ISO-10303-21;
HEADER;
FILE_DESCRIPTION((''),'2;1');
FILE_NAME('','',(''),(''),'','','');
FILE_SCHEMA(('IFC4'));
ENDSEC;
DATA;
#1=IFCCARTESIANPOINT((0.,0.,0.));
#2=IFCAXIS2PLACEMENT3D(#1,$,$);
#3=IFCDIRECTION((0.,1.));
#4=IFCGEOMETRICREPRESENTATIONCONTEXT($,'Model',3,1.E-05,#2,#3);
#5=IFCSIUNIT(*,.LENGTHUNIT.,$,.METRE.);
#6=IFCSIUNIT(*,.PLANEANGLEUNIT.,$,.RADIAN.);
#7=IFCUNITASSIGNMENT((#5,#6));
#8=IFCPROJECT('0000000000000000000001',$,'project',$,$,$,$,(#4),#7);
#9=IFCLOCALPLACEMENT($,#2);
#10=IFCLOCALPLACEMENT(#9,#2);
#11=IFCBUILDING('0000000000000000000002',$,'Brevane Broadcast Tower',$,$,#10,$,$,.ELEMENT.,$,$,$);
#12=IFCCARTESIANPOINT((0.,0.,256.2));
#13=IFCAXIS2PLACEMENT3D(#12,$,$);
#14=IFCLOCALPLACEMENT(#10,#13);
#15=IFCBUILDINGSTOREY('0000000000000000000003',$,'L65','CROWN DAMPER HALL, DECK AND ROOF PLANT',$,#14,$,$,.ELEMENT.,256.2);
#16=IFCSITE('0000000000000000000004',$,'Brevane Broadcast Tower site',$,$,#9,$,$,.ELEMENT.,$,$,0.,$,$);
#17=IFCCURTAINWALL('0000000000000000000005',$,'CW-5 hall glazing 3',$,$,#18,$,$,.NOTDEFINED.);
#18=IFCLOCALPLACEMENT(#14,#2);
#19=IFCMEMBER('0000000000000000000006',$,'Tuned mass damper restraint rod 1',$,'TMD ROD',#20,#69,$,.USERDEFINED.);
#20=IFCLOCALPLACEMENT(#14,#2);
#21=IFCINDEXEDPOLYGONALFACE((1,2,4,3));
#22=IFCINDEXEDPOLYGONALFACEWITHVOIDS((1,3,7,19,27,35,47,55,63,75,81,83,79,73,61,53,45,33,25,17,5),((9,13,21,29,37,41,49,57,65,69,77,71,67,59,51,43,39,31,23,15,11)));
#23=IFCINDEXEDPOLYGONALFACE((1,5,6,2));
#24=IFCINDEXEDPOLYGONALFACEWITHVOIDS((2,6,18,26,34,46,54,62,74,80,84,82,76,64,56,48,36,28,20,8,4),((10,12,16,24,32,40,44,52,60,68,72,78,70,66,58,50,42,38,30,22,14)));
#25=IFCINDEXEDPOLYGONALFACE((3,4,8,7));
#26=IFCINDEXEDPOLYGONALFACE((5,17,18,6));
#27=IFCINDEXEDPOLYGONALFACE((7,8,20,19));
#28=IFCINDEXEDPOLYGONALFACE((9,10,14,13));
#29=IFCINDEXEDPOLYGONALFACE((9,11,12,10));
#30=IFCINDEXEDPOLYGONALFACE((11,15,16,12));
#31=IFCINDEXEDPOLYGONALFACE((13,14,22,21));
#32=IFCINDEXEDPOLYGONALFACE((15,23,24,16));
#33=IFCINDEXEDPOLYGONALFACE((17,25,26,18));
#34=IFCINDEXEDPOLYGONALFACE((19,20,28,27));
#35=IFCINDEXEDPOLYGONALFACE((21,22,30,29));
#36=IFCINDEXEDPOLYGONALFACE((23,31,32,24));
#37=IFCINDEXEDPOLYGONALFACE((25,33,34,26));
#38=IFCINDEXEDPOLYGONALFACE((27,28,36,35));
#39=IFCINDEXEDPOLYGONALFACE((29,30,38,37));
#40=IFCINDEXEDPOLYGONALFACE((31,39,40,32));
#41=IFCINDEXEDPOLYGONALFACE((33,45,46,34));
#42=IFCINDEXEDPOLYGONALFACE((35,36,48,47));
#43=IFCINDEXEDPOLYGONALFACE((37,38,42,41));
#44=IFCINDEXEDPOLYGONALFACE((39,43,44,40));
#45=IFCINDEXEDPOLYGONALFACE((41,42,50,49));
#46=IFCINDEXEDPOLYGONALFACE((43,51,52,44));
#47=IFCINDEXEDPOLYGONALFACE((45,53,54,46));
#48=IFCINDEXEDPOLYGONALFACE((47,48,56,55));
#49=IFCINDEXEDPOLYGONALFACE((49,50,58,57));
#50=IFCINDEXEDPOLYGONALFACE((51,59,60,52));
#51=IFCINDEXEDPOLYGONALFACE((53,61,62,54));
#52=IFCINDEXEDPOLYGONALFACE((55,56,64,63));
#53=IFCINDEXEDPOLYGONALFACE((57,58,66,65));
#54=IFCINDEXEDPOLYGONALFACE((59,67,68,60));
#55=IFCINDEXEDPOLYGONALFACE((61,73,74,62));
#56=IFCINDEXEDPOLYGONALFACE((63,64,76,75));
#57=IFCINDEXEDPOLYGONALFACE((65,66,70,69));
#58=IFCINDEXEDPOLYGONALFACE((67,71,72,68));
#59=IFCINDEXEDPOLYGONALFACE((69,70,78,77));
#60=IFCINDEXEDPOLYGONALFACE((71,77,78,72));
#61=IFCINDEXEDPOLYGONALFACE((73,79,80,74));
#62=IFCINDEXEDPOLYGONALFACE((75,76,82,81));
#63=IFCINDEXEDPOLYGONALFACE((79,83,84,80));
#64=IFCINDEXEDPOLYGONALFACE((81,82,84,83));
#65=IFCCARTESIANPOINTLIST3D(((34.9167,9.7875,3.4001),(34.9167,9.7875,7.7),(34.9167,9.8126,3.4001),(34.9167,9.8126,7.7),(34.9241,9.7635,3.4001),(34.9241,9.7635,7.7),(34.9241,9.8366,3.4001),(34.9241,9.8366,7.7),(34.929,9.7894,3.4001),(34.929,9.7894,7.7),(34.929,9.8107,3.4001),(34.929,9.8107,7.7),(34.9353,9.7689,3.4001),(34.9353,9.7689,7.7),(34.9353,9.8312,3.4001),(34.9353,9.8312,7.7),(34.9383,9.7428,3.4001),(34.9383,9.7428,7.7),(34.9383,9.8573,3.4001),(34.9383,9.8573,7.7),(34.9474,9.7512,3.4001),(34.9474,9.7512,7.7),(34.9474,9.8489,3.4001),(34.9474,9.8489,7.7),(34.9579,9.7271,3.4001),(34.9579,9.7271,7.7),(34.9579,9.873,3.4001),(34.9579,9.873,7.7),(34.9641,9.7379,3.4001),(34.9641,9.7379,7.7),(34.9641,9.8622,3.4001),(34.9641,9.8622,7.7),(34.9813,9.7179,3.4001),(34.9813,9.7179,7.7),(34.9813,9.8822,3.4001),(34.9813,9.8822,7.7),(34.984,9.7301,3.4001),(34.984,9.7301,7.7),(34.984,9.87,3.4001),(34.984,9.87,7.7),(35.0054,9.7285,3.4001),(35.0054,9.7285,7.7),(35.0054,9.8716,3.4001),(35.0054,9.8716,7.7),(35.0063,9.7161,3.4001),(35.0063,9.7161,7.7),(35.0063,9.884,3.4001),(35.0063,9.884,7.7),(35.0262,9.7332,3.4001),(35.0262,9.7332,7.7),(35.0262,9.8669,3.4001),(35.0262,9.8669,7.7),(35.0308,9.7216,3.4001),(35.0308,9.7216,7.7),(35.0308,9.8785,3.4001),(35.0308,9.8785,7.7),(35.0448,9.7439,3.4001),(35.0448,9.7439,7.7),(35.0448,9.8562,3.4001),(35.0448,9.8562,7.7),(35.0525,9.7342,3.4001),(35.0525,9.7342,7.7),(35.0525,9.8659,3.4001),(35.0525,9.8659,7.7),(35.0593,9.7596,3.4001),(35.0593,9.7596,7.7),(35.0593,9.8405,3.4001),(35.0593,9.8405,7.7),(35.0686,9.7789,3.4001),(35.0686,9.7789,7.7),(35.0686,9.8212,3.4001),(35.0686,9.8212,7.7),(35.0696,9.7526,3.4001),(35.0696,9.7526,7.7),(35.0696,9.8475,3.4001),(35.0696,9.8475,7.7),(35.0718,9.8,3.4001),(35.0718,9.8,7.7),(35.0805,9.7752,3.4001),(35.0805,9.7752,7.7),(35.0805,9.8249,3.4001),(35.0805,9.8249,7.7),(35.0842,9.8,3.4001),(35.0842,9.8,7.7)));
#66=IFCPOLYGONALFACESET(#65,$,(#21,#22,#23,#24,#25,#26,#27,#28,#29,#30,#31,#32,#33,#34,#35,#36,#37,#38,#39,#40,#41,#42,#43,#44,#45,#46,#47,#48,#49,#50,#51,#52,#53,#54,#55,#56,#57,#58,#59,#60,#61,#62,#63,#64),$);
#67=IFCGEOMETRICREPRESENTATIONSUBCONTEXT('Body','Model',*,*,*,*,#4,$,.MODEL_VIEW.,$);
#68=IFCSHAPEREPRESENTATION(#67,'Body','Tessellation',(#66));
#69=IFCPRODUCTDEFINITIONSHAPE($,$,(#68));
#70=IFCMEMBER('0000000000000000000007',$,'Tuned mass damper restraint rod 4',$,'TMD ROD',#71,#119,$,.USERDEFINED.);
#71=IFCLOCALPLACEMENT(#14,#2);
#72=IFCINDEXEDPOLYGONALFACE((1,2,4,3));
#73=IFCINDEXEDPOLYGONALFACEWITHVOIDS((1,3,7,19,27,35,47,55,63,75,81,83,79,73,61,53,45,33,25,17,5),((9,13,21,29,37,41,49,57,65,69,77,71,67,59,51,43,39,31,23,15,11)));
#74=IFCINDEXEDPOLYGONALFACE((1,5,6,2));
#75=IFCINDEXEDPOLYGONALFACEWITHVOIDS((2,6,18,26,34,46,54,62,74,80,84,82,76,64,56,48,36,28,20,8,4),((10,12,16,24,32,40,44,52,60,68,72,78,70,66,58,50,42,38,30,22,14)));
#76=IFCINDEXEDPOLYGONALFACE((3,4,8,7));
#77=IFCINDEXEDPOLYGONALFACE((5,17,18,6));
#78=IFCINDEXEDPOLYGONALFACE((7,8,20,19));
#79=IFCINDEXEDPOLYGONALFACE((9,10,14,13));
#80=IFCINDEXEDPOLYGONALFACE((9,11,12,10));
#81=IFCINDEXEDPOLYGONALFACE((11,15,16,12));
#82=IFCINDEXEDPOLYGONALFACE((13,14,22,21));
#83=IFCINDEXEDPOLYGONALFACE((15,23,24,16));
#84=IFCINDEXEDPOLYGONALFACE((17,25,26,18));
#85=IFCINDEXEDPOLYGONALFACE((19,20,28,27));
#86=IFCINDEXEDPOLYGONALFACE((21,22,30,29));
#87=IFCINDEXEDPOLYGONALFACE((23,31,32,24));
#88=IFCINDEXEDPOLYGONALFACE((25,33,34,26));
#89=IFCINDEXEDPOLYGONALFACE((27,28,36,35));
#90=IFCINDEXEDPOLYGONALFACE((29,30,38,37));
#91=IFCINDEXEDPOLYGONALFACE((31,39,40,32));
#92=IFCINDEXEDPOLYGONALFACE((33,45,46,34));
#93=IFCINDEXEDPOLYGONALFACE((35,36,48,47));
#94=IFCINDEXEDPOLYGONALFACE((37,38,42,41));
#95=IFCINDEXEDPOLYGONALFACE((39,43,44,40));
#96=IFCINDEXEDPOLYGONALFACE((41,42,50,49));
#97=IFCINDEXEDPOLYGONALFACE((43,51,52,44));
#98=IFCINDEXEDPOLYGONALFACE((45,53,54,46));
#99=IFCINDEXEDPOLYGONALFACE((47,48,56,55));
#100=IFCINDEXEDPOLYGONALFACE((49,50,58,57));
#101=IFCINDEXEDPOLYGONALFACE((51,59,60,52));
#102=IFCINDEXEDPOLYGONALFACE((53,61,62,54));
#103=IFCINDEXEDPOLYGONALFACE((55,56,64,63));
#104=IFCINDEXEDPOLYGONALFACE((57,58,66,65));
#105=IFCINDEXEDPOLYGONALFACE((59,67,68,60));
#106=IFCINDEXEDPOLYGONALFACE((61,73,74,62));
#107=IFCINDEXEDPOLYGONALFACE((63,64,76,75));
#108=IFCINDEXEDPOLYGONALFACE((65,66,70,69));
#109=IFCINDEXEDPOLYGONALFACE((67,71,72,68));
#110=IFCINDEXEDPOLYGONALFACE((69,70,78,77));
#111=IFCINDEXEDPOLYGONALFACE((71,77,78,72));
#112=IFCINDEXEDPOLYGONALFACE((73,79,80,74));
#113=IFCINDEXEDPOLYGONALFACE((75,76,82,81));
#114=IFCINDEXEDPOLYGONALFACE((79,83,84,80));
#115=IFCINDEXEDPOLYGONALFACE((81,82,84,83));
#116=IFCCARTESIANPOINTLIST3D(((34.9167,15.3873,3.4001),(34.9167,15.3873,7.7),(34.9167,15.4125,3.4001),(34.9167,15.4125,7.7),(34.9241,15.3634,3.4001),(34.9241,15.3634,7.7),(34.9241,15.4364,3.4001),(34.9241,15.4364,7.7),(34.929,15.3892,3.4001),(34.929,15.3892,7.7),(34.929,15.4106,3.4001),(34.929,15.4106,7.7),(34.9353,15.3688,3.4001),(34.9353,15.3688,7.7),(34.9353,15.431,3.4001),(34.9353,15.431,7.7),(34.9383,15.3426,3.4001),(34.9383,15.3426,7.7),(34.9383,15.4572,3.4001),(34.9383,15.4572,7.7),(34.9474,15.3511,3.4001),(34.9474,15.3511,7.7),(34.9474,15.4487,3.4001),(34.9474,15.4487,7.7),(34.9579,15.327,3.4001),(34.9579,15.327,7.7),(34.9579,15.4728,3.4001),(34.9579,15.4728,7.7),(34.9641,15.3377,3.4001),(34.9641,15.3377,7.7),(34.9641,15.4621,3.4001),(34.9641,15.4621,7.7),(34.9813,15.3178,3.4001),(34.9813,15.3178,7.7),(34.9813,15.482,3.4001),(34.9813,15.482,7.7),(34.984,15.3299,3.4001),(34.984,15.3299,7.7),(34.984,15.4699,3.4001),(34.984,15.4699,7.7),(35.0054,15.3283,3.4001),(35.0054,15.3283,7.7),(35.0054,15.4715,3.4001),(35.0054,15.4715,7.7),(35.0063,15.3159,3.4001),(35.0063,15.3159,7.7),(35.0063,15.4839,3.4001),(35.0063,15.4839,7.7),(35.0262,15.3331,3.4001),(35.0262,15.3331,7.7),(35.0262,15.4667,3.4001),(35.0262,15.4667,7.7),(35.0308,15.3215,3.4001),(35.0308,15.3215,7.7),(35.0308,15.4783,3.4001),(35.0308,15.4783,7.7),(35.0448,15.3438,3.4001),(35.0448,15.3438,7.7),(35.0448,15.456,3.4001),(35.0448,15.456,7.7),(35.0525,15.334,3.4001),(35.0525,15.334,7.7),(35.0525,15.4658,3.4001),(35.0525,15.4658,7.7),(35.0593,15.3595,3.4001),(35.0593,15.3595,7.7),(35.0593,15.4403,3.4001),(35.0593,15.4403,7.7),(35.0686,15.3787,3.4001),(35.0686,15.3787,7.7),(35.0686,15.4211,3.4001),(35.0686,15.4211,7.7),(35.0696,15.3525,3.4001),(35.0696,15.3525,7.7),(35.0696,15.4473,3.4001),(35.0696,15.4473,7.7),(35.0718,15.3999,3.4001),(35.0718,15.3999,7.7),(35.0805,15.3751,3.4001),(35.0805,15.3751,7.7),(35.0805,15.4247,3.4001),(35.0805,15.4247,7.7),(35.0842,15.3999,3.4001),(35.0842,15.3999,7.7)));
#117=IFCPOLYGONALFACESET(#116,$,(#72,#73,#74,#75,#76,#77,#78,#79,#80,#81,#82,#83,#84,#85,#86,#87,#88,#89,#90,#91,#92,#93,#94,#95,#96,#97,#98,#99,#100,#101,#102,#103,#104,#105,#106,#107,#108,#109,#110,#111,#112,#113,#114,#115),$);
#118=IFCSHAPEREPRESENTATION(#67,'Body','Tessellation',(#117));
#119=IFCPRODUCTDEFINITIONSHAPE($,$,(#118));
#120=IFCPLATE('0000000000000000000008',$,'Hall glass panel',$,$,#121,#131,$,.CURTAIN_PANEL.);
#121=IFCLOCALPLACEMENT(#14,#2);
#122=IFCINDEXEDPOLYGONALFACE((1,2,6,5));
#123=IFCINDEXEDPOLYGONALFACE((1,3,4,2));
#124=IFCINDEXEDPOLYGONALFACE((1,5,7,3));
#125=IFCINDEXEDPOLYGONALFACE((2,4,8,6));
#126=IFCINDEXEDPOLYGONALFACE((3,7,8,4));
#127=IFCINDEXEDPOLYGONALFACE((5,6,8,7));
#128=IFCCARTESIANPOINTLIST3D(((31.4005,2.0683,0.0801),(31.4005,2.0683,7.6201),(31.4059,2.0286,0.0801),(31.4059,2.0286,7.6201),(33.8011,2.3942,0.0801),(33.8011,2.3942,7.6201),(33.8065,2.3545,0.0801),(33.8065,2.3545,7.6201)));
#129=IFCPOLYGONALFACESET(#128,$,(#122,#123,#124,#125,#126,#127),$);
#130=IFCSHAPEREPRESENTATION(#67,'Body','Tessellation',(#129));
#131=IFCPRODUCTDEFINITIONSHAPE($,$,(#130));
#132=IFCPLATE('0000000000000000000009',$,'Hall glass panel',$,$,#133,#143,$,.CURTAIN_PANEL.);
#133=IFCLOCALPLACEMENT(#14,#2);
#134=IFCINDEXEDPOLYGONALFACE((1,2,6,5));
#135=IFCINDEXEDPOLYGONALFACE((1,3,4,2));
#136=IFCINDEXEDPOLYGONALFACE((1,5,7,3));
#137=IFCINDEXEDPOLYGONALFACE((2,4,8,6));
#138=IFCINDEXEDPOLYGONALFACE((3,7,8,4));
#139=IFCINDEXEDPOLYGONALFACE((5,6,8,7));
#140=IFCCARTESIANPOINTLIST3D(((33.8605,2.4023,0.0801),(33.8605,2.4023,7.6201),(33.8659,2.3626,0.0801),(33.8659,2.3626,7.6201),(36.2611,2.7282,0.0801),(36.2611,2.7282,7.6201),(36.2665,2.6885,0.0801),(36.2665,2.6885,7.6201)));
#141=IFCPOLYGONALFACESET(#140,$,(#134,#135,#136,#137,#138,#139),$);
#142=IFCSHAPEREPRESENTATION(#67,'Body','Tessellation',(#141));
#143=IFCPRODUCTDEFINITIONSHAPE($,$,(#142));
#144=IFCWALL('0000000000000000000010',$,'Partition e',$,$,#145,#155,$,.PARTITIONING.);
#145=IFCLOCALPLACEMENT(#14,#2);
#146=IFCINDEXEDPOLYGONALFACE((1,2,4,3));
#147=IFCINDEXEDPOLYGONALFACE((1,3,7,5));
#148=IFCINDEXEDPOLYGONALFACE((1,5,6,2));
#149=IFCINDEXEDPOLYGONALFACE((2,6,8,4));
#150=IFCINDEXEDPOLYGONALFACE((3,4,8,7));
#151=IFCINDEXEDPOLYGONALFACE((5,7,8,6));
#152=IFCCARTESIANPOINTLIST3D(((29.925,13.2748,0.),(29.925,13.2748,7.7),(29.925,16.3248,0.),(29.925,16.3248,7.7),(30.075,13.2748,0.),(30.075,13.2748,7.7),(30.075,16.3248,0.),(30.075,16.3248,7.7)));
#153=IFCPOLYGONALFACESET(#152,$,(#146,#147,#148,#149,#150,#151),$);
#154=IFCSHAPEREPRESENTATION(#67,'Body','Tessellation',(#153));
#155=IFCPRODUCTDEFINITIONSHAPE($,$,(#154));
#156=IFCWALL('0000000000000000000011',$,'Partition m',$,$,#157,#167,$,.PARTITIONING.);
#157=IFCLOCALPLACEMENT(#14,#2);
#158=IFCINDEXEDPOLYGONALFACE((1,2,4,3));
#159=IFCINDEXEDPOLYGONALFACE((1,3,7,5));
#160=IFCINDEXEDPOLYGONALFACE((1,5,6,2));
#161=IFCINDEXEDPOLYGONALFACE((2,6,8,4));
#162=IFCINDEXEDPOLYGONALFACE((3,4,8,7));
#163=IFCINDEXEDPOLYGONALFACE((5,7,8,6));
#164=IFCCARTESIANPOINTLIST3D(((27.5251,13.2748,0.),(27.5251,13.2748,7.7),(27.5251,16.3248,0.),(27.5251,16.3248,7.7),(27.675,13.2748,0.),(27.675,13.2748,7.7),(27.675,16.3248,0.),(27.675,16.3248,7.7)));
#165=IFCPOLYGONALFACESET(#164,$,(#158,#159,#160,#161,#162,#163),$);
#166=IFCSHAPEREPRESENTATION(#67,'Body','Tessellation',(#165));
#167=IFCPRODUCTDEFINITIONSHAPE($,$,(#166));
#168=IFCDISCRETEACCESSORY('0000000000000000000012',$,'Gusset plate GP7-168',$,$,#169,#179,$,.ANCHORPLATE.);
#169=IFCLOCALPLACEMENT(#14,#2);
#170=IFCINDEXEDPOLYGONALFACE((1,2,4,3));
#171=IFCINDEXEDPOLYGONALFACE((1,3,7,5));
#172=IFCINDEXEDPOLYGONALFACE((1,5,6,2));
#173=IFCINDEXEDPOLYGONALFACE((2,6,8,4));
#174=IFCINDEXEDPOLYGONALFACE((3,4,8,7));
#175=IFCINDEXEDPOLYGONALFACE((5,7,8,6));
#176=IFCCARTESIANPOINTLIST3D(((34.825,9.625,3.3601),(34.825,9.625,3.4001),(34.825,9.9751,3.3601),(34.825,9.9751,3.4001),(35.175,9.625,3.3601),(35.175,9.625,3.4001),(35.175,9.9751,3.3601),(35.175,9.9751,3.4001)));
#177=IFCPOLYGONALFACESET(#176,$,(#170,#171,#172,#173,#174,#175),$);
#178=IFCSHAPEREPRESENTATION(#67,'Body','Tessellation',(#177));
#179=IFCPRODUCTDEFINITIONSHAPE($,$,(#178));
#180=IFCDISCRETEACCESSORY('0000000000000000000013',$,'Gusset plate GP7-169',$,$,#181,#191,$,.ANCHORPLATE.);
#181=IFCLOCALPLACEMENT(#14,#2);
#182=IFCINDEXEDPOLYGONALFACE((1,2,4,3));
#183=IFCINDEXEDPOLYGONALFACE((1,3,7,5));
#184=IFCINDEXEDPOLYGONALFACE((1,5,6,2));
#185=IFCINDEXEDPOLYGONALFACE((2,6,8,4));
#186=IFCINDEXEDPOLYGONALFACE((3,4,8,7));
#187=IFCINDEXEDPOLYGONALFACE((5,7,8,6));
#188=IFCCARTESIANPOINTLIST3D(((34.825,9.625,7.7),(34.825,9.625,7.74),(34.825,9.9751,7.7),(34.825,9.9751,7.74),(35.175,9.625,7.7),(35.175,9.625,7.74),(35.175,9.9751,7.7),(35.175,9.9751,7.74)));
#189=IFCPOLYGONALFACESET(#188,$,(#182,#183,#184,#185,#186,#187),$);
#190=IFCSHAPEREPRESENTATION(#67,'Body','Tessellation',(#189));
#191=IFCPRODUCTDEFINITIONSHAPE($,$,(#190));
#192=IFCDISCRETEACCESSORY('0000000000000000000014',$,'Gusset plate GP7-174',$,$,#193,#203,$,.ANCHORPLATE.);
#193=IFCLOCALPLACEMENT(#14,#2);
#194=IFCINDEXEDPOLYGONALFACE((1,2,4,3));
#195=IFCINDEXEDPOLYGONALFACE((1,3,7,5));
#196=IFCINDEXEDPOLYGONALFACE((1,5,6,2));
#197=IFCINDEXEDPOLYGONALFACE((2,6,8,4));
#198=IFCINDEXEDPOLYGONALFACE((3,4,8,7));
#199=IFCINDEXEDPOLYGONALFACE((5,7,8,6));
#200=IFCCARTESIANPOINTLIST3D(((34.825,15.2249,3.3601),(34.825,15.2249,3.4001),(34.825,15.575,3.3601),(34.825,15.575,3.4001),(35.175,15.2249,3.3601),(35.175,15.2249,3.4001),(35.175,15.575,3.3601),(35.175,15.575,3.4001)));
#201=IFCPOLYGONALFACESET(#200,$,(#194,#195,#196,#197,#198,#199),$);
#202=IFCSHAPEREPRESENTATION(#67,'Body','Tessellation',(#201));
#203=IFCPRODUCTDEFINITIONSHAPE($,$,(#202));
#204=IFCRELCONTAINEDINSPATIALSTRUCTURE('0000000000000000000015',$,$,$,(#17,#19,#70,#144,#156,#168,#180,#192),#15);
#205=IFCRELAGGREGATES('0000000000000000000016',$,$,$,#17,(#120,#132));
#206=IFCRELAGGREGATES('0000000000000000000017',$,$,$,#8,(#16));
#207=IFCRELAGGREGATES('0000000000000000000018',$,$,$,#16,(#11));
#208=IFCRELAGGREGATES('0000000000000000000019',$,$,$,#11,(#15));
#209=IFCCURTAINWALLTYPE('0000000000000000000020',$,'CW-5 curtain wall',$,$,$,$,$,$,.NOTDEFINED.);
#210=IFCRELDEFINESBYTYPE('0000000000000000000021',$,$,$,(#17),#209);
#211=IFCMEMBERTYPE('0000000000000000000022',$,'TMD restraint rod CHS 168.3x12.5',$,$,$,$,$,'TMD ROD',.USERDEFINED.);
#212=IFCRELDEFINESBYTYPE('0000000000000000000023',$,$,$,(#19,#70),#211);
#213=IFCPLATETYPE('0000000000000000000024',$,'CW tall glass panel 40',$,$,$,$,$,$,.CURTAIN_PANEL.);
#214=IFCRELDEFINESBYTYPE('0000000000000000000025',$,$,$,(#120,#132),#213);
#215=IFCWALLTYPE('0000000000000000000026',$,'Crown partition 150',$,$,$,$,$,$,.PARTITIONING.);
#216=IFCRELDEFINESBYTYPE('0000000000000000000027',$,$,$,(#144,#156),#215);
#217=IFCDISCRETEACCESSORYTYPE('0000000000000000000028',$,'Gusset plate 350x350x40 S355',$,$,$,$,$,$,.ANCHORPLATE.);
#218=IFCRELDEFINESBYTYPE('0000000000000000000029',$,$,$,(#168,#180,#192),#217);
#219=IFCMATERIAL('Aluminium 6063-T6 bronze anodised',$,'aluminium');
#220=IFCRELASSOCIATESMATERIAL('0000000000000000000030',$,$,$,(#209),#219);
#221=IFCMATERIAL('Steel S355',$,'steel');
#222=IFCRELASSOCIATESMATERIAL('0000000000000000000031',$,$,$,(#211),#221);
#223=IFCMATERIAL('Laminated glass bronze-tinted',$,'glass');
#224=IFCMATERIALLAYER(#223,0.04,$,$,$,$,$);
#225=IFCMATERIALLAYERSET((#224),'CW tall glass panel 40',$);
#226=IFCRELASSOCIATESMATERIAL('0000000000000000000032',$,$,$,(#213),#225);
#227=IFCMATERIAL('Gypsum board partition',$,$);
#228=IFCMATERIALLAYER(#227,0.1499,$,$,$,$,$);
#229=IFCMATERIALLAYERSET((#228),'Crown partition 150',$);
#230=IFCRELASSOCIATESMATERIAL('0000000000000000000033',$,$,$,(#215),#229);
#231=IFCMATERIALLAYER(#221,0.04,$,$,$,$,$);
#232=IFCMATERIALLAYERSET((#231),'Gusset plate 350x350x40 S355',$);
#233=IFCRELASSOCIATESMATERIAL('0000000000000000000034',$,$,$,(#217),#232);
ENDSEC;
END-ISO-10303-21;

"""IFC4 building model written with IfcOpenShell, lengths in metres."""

from ifc_helpers import new_model, si_unit, direction, frame, frame_2d, origin, origin_2d, place, context, subcontext, project, spatial, rectangle, hollow_circle, extrude, material, layer, layer_set, material_profile, profile_set, type_object, element, aggregate, save


model = new_model("IFC4")

# Units and contexts
model_context = context("Model", 3, precision=1e-05, world=origin(), true_north=direction((0.0, 1.0)))
body_context = subcontext(model_context, "Body", "Model", "MODEL_VIEW")
ifc_project = project(units=[si_unit("LENGTHUNIT", "METRE"), si_unit("PLANEANGLEUNIT", "RADIAN")], contexts=[model_context])

# Site, building, storey
site_placement = place(None, origin())
site = spatial("IfcSite", under=ifc_project, at=site_placement, Name="Brevane Broadcast Tower site", CompositionType="ELEMENT", RefElevation=0.0)
building_placement = place(site_placement, origin())
building = spatial("IfcBuilding", under=site, at=building_placement, Name="Brevane Broadcast Tower", CompositionType="ELEMENT")
storey_placement = place(building_placement, frame((0.0, 0.0, 256.2)))
storey = spatial("IfcBuildingStorey", under=building, at=storey_placement, Name="L65", Description="CROWN DAMPER HALL, DECK AND ROOF PLANT", CompositionType="ELEMENT", Elevation=256.2)

# Shared definitions
ifc_material_1 = material(Name="Steel S355", Category="steel")

# Shared definitions
ifc_material_2 = material(Name="Aluminium 6063-T6 bronze anodised", Category="aluminium")
curtain_wall_type = type_object("IfcCurtainWallType", Name="CW-5 curtain wall", PredefinedType="NOTDEFINED", material=ifc_material_2)

# Curtain wall
curtain_wall_1_placement = place(storey_placement, origin())
curtain_wall_1 = element("IfcCurtainWall", 1, at=curtain_wall_1_placement, inside=storey, type_object=curtain_wall_type, Name="CW-5 hall glazing 3", PredefinedType="NOTDEFINED")

# Members
ifc_material_profile_1 = material_profile(ifc_material_1, hollow_circle(Radius=0.0842, WallThickness=0.0125, at=origin_2d()), Name="CHS 168.3x12.5")
ifc_profile_set_1 = profile_set([ifc_material_profile_1], Name="Steel S355")
member_type_1 = type_object("IfcMemberType", Name="TMD restraint rod CHS 168.3x12.5", ElementType="TMD ROD", PredefinedType="USERDEFINED", material=ifc_profile_set_1)
for number, where, z_axis, x_axis, name in (
    (2, (35.0, 9.8, 3.4001), (0.0, 0.0, 1.0), (1.0, 0.0, 0.0), "Tuned mass damper restraint rod 1"),
    (3, (35.0, 15.3999, 3.4001), (0.0, 0.0, 1.0), (1.0, 0.0, 0.0), "Tuned mass damper restraint rod 4"),
):
    element("IfcMember", number, at=place(storey_placement, frame(where, z_axis=z_axis, x_axis=x_axis)), inside=storey, type_object=member_type_1, Name=name, ObjectType="TMD ROD", PredefinedType="USERDEFINED", context=body_context, shape_type="SweptSolid", body=[
        extrude(hollow_circle(Radius=0.0842, WallThickness=0.0125, at=origin_2d()), origin(), (0.0, 0.0, 1.0), 4.2998),
    ])

# Plates
ifc_material_3 = material(Name="Laminated glass bronze-tinted", Category="glass")
ifc_layer_1 = layer(ifc_material_3, 0.04)
ifc_layer_set_1 = layer_set([ifc_layer_1], Name="CW tall glass panel 40")
plate_type = type_object("IfcPlateType", Name="CW tall glass panel 40", PredefinedType="CURTAIN_PANEL", material=ifc_layer_set_1)
plate_1_placement = place(storey_placement, frame((32.6035, 2.2114, 0.0801), z_axis=(0.0, 0.0, 1.0), x_axis=(0.990911, 0.13452, 0.0)))
plate_1 = element("IfcPlate", 4, at=plate_1_placement, type_object=plate_type, Name="Hall glass panel", PredefinedType="CURTAIN_PANEL", context=body_context, shape_type="SweptSolid", body=[
    extrude(rectangle(XDim=2.4226, YDim=0.04, at=origin_2d()), origin(), (0.0, 0.0, 1.0), 7.54),
])
plate_2_placement = place(storey_placement, frame((35.0635, 2.5454, 0.0801), z_axis=(0.0, 0.0, 1.0), x_axis=(0.990911, 0.13452, 0.0)))
plate_2 = element("IfcPlate", 5, at=plate_2_placement, type_object=plate_type, Name="Hall glass panel", PredefinedType="CURTAIN_PANEL", context=body_context, shape_type="SweptSolid", body=[
    extrude(rectangle(XDim=2.4226, YDim=0.04, at=origin_2d()), origin(), (0.0, 0.0, 1.0), 7.54),
])
aggregate(curtain_wall_1, [plate_1, plate_2])

# Walls
ifc_material_4 = material(Name="Gypsum board partition")
ifc_layer_2 = layer(ifc_material_4, 0.1499)
ifc_layer_set_2 = layer_set([ifc_layer_2], Name="Crown partition 150")
wall_type = type_object("IfcWallType", Name="Crown partition 150", PredefinedType="PARTITIONING", material=ifc_layer_set_2)
for number, where, z_axis, x_axis, name in (
    (6, (30.0, 13.2749, 0.0), (0.0, 0.0, 1.0), (0.0, 1.0, 0.0), "Partition e"),
    (7, (27.6001, 13.2749, 0.0), (0.0, 0.0, 1.0), (0.0, 1.0, 0.0), "Partition m"),
):
    element("IfcWall", number, at=place(storey_placement, frame(where, z_axis=z_axis, x_axis=x_axis)), inside=storey, type_object=wall_type, Name=name, PredefinedType="PARTITIONING", context=body_context, shape_type="SweptSolid", body=[
        extrude(rectangle(XDim=3.05, YDim=0.1499, at=frame_2d((1.5249, 0.0))), origin(), (0.0, 0.0, 1.0), 7.7),
    ])

# Discrete accessories
ifc_layer_3 = layer(ifc_material_1, 0.04)
ifc_layer_set_3 = layer_set([ifc_layer_3], Name="Gusset plate 350x350x40 S355")
discrete_accessory_type = type_object("IfcDiscreteAccessoryType", Name="Gusset plate 350x350x40 S355", PredefinedType="ANCHORPLATE", material=ifc_layer_set_3)
for number, where, z_axis, x_axis, name in (
    (8, (35.0, 9.8, 3.3601), (0.0, 0.0, 1.0), (1.0, 0.0, 0.0), "Gusset plate GP7-168"),
    (9, (35.0, 9.8, 7.7), (0.0, 0.0, 1.0), (1.0, 0.0, 0.0), "Gusset plate GP7-169"),
    (10, (35.0, 15.3999, 3.3601), (0.0, 0.0, 1.0), (1.0, 0.0, 0.0), "Gusset plate GP7-174"),
):
    element("IfcDiscreteAccessory", number, at=place(storey_placement, frame(where, z_axis=z_axis, x_axis=x_axis)), inside=storey, type_object=discrete_accessory_type, Name=name, PredefinedType="ANCHORPLATE", context=body_context, shape_type="SweptSolid", body=[
        extrude(rectangle(XDim=0.3501, YDim=0.3501, at=origin_2d()), origin(), (0.0, 0.0, 1.0), 0.04),
    ])

save(model, "model.ifc")
